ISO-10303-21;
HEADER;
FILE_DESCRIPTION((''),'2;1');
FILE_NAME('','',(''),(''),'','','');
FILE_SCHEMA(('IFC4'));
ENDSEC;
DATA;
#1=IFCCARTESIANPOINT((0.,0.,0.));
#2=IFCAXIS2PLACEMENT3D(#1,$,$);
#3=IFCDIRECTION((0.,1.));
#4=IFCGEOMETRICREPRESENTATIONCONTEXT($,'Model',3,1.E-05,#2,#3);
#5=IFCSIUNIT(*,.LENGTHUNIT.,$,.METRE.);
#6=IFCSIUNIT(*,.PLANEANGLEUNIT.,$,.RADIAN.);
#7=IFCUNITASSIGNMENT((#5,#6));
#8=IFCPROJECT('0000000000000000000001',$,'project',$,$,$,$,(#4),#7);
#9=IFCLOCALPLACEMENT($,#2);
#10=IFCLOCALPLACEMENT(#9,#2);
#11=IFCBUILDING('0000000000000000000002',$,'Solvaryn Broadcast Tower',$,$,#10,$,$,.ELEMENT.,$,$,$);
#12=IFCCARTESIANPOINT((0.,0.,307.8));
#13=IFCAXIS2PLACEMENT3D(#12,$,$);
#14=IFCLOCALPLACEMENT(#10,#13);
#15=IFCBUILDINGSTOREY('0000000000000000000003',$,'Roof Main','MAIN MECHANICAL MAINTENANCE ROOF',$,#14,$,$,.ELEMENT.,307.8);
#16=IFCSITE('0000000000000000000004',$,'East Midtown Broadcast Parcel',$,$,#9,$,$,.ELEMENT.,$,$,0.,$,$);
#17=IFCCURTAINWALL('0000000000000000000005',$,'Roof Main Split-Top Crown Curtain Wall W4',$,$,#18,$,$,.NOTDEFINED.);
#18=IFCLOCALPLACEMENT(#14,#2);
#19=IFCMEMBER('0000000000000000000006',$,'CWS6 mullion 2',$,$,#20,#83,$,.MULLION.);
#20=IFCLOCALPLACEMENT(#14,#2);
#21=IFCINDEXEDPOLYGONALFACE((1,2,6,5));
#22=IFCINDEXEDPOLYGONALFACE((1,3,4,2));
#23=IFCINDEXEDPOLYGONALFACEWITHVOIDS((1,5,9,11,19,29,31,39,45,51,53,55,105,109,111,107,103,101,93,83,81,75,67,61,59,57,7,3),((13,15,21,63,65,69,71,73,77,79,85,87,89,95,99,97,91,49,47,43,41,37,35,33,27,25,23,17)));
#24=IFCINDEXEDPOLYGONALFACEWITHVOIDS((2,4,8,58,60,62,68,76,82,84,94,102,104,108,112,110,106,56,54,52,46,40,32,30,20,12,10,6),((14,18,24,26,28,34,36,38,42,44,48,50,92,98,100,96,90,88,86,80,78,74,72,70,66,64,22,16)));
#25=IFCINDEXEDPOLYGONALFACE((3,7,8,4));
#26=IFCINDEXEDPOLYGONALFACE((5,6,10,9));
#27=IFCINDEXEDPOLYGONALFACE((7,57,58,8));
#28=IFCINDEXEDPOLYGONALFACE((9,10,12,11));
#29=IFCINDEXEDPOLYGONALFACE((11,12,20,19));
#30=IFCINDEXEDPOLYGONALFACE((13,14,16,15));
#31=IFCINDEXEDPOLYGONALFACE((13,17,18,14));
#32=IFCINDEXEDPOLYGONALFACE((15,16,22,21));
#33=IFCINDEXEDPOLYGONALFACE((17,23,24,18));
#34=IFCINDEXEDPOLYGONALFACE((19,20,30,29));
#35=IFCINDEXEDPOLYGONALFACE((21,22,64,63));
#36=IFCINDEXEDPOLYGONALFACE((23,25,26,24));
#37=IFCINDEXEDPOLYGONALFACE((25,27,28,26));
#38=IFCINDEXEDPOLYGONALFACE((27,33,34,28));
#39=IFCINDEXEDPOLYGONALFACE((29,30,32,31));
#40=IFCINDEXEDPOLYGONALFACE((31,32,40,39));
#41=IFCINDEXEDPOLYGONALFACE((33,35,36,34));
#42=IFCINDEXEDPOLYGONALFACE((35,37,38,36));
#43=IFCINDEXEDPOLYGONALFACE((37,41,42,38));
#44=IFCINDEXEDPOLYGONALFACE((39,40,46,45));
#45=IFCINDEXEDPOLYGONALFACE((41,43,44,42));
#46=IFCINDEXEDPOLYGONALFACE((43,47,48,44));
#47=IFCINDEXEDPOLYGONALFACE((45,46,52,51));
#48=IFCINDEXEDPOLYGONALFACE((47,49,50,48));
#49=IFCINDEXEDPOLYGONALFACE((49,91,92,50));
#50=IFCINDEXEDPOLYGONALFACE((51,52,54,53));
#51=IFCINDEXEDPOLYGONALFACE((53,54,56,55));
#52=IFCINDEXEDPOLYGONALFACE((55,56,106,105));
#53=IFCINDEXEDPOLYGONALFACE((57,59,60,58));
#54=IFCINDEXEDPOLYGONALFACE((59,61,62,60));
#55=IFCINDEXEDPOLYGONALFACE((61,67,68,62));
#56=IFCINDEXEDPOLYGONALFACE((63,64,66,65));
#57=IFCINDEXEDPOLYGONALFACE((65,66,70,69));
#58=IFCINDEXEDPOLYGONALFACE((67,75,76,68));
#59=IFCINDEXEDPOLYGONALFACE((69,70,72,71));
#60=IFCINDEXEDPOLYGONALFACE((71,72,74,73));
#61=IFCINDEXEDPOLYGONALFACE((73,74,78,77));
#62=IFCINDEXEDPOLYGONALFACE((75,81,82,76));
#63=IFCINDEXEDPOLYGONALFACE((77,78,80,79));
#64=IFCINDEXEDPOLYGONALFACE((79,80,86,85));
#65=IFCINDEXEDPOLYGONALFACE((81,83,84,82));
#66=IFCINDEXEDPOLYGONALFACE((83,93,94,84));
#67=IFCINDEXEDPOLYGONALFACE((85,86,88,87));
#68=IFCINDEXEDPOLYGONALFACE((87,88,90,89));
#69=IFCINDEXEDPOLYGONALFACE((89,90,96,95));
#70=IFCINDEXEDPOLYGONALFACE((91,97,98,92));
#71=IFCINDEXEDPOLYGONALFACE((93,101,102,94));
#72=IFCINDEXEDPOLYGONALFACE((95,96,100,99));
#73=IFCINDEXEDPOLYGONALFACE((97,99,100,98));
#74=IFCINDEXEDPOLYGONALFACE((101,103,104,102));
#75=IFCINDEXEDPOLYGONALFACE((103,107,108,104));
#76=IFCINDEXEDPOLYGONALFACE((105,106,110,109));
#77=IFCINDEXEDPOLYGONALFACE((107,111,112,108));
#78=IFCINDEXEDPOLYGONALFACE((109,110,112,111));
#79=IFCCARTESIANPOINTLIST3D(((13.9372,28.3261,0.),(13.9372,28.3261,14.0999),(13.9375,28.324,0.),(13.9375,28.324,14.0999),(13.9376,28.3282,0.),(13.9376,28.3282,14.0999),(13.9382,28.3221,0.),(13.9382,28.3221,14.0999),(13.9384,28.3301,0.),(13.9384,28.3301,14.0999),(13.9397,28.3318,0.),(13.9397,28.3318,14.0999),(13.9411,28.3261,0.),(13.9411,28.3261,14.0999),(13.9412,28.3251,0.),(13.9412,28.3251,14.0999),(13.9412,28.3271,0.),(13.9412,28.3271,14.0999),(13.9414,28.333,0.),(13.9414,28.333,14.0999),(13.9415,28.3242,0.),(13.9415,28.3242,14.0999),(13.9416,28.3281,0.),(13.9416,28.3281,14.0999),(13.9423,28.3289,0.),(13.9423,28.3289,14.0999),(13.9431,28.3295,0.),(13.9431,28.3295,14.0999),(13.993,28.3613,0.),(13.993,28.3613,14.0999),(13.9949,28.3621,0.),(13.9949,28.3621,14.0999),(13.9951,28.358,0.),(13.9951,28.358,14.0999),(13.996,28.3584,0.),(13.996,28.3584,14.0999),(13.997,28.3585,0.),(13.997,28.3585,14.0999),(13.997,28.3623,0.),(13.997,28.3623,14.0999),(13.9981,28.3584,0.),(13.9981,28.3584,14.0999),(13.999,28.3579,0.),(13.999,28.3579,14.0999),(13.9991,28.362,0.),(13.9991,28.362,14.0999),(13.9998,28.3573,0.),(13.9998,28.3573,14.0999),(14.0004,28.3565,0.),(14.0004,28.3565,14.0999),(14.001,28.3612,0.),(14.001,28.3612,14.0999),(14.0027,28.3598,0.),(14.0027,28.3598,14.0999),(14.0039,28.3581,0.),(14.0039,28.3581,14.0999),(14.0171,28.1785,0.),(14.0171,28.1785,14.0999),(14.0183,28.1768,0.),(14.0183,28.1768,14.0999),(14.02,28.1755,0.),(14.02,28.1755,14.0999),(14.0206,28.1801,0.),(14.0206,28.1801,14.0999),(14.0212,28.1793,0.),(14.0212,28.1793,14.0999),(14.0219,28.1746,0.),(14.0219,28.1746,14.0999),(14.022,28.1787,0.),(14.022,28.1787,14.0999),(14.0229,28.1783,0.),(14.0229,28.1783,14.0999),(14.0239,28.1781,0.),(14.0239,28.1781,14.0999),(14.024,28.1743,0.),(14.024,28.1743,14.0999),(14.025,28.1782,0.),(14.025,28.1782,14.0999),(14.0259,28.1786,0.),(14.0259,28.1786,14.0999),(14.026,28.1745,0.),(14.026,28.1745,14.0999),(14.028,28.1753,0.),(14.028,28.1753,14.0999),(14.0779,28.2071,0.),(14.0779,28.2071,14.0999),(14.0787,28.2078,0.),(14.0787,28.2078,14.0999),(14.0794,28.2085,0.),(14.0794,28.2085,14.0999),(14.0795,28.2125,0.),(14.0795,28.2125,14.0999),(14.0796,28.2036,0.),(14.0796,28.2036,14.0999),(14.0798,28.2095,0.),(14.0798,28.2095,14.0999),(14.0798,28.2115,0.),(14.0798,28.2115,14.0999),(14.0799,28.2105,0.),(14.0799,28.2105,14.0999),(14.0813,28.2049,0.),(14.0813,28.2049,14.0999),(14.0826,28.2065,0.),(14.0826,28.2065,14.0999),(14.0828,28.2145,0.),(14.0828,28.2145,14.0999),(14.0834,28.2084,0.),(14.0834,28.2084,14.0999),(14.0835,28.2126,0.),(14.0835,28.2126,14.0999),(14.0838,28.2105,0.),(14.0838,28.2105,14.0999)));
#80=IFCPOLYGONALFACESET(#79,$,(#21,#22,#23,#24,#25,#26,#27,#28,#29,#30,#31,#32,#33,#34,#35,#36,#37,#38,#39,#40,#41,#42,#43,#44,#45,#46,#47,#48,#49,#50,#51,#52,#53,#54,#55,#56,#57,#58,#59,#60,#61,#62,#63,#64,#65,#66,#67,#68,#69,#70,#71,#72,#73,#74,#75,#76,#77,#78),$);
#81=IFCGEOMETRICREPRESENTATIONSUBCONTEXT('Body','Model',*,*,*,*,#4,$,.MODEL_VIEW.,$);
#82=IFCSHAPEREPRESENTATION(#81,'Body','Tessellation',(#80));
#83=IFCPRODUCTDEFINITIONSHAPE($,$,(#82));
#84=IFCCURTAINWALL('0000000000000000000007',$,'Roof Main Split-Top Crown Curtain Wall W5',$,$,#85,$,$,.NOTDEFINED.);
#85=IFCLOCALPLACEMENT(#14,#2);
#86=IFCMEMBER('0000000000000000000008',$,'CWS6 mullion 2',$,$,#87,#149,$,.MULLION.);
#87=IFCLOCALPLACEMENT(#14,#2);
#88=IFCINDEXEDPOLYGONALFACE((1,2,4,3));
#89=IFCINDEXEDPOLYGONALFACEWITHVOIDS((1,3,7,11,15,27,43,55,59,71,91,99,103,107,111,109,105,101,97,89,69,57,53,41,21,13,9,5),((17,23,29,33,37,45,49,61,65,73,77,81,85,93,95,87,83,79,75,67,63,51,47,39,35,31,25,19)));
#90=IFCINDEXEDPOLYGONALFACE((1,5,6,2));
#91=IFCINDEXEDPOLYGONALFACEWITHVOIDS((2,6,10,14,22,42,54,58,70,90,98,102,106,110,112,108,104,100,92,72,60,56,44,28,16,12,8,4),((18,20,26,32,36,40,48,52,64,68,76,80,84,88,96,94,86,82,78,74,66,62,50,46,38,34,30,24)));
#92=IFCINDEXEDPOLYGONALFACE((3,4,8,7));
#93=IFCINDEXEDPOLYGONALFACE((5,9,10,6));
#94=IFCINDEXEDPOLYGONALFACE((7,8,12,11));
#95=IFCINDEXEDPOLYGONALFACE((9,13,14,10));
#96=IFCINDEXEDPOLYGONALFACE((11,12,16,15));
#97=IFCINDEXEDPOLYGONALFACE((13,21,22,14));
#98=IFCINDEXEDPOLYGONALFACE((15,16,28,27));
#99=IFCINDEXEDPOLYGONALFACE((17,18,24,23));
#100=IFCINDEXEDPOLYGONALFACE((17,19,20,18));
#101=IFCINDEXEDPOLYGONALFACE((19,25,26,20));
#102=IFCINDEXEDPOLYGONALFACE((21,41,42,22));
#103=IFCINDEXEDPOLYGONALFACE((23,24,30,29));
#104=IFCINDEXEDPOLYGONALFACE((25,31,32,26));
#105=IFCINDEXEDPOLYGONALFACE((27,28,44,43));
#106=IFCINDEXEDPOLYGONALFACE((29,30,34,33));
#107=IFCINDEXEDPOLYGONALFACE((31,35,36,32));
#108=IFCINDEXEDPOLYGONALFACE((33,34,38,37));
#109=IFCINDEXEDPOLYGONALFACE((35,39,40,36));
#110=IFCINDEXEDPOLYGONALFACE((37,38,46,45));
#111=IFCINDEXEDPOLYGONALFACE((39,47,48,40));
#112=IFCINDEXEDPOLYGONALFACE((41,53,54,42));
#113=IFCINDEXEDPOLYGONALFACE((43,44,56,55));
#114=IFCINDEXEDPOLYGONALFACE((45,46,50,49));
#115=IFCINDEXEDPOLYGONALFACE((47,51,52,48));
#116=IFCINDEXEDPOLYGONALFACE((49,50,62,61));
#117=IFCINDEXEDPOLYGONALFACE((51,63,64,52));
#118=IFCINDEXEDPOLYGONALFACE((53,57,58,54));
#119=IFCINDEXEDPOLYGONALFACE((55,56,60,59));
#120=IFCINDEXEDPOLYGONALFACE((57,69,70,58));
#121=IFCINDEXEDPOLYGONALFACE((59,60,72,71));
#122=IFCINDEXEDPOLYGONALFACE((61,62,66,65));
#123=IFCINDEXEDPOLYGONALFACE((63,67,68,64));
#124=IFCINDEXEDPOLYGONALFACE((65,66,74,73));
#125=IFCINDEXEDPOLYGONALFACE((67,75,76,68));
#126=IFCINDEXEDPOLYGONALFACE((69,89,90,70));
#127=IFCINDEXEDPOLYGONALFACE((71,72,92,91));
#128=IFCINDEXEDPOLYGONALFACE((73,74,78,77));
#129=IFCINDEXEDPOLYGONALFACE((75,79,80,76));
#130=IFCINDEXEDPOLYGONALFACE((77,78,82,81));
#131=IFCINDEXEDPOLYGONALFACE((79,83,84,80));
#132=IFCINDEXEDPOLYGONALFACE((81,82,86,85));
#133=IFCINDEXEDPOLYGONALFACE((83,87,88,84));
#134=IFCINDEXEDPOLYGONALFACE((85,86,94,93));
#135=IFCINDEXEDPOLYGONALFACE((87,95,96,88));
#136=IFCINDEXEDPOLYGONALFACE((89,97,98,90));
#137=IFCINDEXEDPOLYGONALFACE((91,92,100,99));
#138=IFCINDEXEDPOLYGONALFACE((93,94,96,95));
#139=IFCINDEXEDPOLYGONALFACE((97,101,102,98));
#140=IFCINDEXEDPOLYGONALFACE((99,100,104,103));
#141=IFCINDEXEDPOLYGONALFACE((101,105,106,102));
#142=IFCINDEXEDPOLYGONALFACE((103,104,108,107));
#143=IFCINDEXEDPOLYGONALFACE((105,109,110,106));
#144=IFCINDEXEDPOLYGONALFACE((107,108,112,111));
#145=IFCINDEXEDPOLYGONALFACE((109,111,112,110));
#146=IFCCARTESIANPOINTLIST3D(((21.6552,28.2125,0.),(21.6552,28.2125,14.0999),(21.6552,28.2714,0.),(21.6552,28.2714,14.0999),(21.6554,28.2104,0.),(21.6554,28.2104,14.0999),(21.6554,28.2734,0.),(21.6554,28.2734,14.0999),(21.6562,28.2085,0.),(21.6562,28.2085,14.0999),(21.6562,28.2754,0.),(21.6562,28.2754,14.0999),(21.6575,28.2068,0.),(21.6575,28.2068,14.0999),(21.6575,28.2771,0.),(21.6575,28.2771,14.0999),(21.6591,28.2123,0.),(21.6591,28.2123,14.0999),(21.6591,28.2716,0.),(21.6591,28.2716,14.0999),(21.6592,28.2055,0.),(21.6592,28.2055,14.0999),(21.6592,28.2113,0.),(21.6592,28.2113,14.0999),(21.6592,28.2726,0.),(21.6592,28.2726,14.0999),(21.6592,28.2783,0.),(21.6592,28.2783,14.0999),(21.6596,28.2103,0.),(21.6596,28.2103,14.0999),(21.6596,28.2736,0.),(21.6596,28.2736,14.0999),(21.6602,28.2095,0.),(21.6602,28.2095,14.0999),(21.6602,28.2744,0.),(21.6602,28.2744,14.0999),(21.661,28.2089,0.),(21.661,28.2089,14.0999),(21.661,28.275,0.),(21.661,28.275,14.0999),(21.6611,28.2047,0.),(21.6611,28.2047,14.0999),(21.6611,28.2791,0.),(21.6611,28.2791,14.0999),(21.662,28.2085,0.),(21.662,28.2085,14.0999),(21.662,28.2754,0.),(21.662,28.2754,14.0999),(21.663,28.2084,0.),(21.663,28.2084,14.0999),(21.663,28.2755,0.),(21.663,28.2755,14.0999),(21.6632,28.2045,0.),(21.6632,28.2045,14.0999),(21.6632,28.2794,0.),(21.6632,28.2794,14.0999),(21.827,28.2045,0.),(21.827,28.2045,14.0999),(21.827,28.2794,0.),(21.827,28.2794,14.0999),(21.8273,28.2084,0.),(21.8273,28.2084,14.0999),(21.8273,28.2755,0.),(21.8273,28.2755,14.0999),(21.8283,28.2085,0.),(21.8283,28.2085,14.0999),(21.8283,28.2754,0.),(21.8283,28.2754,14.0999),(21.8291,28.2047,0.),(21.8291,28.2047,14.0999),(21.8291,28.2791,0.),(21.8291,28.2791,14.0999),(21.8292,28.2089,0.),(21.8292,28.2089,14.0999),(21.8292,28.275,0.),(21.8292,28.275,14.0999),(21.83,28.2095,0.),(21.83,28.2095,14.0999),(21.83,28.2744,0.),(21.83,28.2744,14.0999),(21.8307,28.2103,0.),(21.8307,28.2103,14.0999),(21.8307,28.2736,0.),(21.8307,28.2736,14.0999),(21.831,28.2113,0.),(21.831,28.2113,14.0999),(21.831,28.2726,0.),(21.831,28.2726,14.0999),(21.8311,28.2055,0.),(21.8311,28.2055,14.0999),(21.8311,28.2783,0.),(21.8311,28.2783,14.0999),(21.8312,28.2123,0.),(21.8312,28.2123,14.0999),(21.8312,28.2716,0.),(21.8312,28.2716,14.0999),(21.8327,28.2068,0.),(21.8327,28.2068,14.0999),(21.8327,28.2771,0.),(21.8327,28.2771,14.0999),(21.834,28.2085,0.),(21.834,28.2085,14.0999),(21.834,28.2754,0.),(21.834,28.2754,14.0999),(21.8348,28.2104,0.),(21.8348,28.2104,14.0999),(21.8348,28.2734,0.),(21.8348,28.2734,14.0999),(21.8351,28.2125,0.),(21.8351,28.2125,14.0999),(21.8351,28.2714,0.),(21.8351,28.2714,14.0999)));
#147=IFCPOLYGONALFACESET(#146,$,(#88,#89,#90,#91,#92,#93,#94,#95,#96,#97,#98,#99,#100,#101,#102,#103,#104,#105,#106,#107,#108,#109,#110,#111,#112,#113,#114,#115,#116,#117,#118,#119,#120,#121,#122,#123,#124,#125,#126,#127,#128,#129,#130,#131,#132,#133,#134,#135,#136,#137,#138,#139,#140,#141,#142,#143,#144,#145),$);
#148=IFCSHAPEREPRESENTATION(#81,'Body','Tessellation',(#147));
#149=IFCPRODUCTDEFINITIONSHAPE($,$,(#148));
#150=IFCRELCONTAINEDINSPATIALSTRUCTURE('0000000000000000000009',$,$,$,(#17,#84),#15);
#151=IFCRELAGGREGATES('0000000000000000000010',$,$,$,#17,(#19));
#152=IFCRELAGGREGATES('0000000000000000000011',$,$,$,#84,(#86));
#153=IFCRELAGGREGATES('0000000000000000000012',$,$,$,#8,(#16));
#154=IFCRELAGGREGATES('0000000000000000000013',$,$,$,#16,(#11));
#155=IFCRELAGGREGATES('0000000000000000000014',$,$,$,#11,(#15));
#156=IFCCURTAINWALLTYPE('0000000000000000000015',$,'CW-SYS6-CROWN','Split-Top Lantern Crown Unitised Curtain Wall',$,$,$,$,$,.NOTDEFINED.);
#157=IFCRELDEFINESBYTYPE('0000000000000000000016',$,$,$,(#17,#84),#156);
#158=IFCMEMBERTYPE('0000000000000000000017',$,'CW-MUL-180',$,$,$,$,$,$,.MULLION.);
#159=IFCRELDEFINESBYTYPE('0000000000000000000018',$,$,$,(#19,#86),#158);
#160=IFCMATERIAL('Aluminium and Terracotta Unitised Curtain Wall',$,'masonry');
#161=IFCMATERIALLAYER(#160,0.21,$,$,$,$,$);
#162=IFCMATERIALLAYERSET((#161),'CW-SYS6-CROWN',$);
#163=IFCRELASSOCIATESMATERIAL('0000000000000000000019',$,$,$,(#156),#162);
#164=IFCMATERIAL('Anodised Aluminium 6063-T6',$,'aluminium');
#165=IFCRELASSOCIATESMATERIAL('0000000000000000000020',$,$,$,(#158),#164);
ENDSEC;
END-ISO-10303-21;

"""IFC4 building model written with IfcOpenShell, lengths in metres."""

from ifc_helpers import new_model, si_unit, direction, frame, origin, origin_2d, place, context, subcontext, project, spatial, hollow_rectangle, extrude, material, layer, layer_set, material_profile, profile_set, type_object, element, aggregate, save


model = new_model("IFC4")

# Units and contexts
model_context = context("Model", 3, precision=1e-05, world=origin(), true_north=direction((0.0, 1.0)))
body_context = subcontext(model_context, "Body", "Model", "MODEL_VIEW")
ifc_project = project(units=[si_unit("LENGTHUNIT", "METRE"), si_unit("PLANEANGLEUNIT", "RADIAN")], contexts=[model_context])

# Site, building, storey
site_placement = place(None, origin())
site = spatial("IfcSite", under=ifc_project, at=site_placement, Name="East Midtown Broadcast Parcel", CompositionType="ELEMENT", RefElevation=0.0)
building_placement = place(site_placement, origin())
building = spatial("IfcBuilding", under=site, at=building_placement, Name="Solvaryn Broadcast Tower", CompositionType="ELEMENT")
storey_placement = place(building_placement, frame((0.0, 0.0, 307.8)))
storey = spatial("IfcBuildingStorey", under=building, at=storey_placement, Name="Roof Main", Description="MAIN MECHANICAL MAINTENANCE ROOF", CompositionType="ELEMENT", Elevation=307.8)

# Curtain wall, member
ifc_material_1 = material(Name="Aluminium and Terracotta Unitised Curtain Wall", Category="masonry")
ifc_layer_1 = layer(ifc_material_1, 0.21)
ifc_layer_set_1 = layer_set([ifc_layer_1], Name="CW-SYS6-CROWN")
curtain_wall_type = type_object("IfcCurtainWallType", Name="CW-SYS6-CROWN", Description="Split-Top Lantern Crown Unitised Curtain Wall", PredefinedType="NOTDEFINED", material=ifc_layer_set_1)
curtain_wall_1_placement = place(storey_placement, origin())
curtain_wall_1 = element("IfcCurtainWall", 1, at=curtain_wall_1_placement, inside=storey, type_object=curtain_wall_type, Name="Roof Main Split-Top Crown Curtain Wall W4", PredefinedType="NOTDEFINED")
ifc_material_2 = material(Name="Anodised Aluminium 6063-T6", Category="aluminium")
ifc_material_profile_1 = material_profile(ifc_material_2, hollow_rectangle(XDim=0.075, YDim=0.1799, WallThickness=0.0039, InnerFilletRadius=0.0039, OuterFilletRadius=0.0081, at=origin_2d()))
ifc_profile_set_1 = profile_set([ifc_material_profile_1], Name="Anodised Aluminium 6063-T6")
member_type_1 = type_object("IfcMemberType", Name="CW-MUL-180", PredefinedType="MULLION", material=ifc_profile_set_1)
member_1_placement = place(storey_placement, frame((14.0105, 28.2683, 0.0), z_axis=(0.0, 0.0, 1.0), x_axis=(0.876578, 0.481261, 0.0)))
member_1 = element("IfcMember", 2, at=member_1_placement, type_object=member_type_1, Name="CWS6 mullion 2", PredefinedType="MULLION", context=body_context, shape_type="SweptSolid", body=[
    extrude(hollow_rectangle(XDim=0.075, YDim=0.1799, WallThickness=0.0039, InnerFilletRadius=0.0039, OuterFilletRadius=0.0081, at=origin_2d()), origin(), (0.0, 0.0, 1.0), 14.0999),
])

# Curtain wall, member
curtain_wall_2_placement = place(storey_placement, origin())
curtain_wall_2 = element("IfcCurtainWall", 3, at=curtain_wall_2_placement, inside=storey, type_object=curtain_wall_type, Name="Roof Main Split-Top Crown Curtain Wall W5", PredefinedType="NOTDEFINED")
member_2_placement = place(storey_placement, frame((21.7451, 28.2419, 0.0), z_axis=(0.0, 0.0, 1.0), x_axis=(0.0, 1.0, 0.0)))
member_2 = element("IfcMember", 4, at=member_2_placement, type_object=member_type_1, Name="CWS6 mullion 2", PredefinedType="MULLION", context=body_context, shape_type="SweptSolid", body=[
    extrude(hollow_rectangle(XDim=0.075, YDim=0.1799, WallThickness=0.0039, InnerFilletRadius=0.0039, OuterFilletRadius=0.0081, at=origin_2d()), origin(), (0.0, 0.0, 1.0), 14.0999),
])

aggregate(curtain_wall_1, [member_1])
aggregate(curtain_wall_2, [member_2])

save(model, "model.ifc")
